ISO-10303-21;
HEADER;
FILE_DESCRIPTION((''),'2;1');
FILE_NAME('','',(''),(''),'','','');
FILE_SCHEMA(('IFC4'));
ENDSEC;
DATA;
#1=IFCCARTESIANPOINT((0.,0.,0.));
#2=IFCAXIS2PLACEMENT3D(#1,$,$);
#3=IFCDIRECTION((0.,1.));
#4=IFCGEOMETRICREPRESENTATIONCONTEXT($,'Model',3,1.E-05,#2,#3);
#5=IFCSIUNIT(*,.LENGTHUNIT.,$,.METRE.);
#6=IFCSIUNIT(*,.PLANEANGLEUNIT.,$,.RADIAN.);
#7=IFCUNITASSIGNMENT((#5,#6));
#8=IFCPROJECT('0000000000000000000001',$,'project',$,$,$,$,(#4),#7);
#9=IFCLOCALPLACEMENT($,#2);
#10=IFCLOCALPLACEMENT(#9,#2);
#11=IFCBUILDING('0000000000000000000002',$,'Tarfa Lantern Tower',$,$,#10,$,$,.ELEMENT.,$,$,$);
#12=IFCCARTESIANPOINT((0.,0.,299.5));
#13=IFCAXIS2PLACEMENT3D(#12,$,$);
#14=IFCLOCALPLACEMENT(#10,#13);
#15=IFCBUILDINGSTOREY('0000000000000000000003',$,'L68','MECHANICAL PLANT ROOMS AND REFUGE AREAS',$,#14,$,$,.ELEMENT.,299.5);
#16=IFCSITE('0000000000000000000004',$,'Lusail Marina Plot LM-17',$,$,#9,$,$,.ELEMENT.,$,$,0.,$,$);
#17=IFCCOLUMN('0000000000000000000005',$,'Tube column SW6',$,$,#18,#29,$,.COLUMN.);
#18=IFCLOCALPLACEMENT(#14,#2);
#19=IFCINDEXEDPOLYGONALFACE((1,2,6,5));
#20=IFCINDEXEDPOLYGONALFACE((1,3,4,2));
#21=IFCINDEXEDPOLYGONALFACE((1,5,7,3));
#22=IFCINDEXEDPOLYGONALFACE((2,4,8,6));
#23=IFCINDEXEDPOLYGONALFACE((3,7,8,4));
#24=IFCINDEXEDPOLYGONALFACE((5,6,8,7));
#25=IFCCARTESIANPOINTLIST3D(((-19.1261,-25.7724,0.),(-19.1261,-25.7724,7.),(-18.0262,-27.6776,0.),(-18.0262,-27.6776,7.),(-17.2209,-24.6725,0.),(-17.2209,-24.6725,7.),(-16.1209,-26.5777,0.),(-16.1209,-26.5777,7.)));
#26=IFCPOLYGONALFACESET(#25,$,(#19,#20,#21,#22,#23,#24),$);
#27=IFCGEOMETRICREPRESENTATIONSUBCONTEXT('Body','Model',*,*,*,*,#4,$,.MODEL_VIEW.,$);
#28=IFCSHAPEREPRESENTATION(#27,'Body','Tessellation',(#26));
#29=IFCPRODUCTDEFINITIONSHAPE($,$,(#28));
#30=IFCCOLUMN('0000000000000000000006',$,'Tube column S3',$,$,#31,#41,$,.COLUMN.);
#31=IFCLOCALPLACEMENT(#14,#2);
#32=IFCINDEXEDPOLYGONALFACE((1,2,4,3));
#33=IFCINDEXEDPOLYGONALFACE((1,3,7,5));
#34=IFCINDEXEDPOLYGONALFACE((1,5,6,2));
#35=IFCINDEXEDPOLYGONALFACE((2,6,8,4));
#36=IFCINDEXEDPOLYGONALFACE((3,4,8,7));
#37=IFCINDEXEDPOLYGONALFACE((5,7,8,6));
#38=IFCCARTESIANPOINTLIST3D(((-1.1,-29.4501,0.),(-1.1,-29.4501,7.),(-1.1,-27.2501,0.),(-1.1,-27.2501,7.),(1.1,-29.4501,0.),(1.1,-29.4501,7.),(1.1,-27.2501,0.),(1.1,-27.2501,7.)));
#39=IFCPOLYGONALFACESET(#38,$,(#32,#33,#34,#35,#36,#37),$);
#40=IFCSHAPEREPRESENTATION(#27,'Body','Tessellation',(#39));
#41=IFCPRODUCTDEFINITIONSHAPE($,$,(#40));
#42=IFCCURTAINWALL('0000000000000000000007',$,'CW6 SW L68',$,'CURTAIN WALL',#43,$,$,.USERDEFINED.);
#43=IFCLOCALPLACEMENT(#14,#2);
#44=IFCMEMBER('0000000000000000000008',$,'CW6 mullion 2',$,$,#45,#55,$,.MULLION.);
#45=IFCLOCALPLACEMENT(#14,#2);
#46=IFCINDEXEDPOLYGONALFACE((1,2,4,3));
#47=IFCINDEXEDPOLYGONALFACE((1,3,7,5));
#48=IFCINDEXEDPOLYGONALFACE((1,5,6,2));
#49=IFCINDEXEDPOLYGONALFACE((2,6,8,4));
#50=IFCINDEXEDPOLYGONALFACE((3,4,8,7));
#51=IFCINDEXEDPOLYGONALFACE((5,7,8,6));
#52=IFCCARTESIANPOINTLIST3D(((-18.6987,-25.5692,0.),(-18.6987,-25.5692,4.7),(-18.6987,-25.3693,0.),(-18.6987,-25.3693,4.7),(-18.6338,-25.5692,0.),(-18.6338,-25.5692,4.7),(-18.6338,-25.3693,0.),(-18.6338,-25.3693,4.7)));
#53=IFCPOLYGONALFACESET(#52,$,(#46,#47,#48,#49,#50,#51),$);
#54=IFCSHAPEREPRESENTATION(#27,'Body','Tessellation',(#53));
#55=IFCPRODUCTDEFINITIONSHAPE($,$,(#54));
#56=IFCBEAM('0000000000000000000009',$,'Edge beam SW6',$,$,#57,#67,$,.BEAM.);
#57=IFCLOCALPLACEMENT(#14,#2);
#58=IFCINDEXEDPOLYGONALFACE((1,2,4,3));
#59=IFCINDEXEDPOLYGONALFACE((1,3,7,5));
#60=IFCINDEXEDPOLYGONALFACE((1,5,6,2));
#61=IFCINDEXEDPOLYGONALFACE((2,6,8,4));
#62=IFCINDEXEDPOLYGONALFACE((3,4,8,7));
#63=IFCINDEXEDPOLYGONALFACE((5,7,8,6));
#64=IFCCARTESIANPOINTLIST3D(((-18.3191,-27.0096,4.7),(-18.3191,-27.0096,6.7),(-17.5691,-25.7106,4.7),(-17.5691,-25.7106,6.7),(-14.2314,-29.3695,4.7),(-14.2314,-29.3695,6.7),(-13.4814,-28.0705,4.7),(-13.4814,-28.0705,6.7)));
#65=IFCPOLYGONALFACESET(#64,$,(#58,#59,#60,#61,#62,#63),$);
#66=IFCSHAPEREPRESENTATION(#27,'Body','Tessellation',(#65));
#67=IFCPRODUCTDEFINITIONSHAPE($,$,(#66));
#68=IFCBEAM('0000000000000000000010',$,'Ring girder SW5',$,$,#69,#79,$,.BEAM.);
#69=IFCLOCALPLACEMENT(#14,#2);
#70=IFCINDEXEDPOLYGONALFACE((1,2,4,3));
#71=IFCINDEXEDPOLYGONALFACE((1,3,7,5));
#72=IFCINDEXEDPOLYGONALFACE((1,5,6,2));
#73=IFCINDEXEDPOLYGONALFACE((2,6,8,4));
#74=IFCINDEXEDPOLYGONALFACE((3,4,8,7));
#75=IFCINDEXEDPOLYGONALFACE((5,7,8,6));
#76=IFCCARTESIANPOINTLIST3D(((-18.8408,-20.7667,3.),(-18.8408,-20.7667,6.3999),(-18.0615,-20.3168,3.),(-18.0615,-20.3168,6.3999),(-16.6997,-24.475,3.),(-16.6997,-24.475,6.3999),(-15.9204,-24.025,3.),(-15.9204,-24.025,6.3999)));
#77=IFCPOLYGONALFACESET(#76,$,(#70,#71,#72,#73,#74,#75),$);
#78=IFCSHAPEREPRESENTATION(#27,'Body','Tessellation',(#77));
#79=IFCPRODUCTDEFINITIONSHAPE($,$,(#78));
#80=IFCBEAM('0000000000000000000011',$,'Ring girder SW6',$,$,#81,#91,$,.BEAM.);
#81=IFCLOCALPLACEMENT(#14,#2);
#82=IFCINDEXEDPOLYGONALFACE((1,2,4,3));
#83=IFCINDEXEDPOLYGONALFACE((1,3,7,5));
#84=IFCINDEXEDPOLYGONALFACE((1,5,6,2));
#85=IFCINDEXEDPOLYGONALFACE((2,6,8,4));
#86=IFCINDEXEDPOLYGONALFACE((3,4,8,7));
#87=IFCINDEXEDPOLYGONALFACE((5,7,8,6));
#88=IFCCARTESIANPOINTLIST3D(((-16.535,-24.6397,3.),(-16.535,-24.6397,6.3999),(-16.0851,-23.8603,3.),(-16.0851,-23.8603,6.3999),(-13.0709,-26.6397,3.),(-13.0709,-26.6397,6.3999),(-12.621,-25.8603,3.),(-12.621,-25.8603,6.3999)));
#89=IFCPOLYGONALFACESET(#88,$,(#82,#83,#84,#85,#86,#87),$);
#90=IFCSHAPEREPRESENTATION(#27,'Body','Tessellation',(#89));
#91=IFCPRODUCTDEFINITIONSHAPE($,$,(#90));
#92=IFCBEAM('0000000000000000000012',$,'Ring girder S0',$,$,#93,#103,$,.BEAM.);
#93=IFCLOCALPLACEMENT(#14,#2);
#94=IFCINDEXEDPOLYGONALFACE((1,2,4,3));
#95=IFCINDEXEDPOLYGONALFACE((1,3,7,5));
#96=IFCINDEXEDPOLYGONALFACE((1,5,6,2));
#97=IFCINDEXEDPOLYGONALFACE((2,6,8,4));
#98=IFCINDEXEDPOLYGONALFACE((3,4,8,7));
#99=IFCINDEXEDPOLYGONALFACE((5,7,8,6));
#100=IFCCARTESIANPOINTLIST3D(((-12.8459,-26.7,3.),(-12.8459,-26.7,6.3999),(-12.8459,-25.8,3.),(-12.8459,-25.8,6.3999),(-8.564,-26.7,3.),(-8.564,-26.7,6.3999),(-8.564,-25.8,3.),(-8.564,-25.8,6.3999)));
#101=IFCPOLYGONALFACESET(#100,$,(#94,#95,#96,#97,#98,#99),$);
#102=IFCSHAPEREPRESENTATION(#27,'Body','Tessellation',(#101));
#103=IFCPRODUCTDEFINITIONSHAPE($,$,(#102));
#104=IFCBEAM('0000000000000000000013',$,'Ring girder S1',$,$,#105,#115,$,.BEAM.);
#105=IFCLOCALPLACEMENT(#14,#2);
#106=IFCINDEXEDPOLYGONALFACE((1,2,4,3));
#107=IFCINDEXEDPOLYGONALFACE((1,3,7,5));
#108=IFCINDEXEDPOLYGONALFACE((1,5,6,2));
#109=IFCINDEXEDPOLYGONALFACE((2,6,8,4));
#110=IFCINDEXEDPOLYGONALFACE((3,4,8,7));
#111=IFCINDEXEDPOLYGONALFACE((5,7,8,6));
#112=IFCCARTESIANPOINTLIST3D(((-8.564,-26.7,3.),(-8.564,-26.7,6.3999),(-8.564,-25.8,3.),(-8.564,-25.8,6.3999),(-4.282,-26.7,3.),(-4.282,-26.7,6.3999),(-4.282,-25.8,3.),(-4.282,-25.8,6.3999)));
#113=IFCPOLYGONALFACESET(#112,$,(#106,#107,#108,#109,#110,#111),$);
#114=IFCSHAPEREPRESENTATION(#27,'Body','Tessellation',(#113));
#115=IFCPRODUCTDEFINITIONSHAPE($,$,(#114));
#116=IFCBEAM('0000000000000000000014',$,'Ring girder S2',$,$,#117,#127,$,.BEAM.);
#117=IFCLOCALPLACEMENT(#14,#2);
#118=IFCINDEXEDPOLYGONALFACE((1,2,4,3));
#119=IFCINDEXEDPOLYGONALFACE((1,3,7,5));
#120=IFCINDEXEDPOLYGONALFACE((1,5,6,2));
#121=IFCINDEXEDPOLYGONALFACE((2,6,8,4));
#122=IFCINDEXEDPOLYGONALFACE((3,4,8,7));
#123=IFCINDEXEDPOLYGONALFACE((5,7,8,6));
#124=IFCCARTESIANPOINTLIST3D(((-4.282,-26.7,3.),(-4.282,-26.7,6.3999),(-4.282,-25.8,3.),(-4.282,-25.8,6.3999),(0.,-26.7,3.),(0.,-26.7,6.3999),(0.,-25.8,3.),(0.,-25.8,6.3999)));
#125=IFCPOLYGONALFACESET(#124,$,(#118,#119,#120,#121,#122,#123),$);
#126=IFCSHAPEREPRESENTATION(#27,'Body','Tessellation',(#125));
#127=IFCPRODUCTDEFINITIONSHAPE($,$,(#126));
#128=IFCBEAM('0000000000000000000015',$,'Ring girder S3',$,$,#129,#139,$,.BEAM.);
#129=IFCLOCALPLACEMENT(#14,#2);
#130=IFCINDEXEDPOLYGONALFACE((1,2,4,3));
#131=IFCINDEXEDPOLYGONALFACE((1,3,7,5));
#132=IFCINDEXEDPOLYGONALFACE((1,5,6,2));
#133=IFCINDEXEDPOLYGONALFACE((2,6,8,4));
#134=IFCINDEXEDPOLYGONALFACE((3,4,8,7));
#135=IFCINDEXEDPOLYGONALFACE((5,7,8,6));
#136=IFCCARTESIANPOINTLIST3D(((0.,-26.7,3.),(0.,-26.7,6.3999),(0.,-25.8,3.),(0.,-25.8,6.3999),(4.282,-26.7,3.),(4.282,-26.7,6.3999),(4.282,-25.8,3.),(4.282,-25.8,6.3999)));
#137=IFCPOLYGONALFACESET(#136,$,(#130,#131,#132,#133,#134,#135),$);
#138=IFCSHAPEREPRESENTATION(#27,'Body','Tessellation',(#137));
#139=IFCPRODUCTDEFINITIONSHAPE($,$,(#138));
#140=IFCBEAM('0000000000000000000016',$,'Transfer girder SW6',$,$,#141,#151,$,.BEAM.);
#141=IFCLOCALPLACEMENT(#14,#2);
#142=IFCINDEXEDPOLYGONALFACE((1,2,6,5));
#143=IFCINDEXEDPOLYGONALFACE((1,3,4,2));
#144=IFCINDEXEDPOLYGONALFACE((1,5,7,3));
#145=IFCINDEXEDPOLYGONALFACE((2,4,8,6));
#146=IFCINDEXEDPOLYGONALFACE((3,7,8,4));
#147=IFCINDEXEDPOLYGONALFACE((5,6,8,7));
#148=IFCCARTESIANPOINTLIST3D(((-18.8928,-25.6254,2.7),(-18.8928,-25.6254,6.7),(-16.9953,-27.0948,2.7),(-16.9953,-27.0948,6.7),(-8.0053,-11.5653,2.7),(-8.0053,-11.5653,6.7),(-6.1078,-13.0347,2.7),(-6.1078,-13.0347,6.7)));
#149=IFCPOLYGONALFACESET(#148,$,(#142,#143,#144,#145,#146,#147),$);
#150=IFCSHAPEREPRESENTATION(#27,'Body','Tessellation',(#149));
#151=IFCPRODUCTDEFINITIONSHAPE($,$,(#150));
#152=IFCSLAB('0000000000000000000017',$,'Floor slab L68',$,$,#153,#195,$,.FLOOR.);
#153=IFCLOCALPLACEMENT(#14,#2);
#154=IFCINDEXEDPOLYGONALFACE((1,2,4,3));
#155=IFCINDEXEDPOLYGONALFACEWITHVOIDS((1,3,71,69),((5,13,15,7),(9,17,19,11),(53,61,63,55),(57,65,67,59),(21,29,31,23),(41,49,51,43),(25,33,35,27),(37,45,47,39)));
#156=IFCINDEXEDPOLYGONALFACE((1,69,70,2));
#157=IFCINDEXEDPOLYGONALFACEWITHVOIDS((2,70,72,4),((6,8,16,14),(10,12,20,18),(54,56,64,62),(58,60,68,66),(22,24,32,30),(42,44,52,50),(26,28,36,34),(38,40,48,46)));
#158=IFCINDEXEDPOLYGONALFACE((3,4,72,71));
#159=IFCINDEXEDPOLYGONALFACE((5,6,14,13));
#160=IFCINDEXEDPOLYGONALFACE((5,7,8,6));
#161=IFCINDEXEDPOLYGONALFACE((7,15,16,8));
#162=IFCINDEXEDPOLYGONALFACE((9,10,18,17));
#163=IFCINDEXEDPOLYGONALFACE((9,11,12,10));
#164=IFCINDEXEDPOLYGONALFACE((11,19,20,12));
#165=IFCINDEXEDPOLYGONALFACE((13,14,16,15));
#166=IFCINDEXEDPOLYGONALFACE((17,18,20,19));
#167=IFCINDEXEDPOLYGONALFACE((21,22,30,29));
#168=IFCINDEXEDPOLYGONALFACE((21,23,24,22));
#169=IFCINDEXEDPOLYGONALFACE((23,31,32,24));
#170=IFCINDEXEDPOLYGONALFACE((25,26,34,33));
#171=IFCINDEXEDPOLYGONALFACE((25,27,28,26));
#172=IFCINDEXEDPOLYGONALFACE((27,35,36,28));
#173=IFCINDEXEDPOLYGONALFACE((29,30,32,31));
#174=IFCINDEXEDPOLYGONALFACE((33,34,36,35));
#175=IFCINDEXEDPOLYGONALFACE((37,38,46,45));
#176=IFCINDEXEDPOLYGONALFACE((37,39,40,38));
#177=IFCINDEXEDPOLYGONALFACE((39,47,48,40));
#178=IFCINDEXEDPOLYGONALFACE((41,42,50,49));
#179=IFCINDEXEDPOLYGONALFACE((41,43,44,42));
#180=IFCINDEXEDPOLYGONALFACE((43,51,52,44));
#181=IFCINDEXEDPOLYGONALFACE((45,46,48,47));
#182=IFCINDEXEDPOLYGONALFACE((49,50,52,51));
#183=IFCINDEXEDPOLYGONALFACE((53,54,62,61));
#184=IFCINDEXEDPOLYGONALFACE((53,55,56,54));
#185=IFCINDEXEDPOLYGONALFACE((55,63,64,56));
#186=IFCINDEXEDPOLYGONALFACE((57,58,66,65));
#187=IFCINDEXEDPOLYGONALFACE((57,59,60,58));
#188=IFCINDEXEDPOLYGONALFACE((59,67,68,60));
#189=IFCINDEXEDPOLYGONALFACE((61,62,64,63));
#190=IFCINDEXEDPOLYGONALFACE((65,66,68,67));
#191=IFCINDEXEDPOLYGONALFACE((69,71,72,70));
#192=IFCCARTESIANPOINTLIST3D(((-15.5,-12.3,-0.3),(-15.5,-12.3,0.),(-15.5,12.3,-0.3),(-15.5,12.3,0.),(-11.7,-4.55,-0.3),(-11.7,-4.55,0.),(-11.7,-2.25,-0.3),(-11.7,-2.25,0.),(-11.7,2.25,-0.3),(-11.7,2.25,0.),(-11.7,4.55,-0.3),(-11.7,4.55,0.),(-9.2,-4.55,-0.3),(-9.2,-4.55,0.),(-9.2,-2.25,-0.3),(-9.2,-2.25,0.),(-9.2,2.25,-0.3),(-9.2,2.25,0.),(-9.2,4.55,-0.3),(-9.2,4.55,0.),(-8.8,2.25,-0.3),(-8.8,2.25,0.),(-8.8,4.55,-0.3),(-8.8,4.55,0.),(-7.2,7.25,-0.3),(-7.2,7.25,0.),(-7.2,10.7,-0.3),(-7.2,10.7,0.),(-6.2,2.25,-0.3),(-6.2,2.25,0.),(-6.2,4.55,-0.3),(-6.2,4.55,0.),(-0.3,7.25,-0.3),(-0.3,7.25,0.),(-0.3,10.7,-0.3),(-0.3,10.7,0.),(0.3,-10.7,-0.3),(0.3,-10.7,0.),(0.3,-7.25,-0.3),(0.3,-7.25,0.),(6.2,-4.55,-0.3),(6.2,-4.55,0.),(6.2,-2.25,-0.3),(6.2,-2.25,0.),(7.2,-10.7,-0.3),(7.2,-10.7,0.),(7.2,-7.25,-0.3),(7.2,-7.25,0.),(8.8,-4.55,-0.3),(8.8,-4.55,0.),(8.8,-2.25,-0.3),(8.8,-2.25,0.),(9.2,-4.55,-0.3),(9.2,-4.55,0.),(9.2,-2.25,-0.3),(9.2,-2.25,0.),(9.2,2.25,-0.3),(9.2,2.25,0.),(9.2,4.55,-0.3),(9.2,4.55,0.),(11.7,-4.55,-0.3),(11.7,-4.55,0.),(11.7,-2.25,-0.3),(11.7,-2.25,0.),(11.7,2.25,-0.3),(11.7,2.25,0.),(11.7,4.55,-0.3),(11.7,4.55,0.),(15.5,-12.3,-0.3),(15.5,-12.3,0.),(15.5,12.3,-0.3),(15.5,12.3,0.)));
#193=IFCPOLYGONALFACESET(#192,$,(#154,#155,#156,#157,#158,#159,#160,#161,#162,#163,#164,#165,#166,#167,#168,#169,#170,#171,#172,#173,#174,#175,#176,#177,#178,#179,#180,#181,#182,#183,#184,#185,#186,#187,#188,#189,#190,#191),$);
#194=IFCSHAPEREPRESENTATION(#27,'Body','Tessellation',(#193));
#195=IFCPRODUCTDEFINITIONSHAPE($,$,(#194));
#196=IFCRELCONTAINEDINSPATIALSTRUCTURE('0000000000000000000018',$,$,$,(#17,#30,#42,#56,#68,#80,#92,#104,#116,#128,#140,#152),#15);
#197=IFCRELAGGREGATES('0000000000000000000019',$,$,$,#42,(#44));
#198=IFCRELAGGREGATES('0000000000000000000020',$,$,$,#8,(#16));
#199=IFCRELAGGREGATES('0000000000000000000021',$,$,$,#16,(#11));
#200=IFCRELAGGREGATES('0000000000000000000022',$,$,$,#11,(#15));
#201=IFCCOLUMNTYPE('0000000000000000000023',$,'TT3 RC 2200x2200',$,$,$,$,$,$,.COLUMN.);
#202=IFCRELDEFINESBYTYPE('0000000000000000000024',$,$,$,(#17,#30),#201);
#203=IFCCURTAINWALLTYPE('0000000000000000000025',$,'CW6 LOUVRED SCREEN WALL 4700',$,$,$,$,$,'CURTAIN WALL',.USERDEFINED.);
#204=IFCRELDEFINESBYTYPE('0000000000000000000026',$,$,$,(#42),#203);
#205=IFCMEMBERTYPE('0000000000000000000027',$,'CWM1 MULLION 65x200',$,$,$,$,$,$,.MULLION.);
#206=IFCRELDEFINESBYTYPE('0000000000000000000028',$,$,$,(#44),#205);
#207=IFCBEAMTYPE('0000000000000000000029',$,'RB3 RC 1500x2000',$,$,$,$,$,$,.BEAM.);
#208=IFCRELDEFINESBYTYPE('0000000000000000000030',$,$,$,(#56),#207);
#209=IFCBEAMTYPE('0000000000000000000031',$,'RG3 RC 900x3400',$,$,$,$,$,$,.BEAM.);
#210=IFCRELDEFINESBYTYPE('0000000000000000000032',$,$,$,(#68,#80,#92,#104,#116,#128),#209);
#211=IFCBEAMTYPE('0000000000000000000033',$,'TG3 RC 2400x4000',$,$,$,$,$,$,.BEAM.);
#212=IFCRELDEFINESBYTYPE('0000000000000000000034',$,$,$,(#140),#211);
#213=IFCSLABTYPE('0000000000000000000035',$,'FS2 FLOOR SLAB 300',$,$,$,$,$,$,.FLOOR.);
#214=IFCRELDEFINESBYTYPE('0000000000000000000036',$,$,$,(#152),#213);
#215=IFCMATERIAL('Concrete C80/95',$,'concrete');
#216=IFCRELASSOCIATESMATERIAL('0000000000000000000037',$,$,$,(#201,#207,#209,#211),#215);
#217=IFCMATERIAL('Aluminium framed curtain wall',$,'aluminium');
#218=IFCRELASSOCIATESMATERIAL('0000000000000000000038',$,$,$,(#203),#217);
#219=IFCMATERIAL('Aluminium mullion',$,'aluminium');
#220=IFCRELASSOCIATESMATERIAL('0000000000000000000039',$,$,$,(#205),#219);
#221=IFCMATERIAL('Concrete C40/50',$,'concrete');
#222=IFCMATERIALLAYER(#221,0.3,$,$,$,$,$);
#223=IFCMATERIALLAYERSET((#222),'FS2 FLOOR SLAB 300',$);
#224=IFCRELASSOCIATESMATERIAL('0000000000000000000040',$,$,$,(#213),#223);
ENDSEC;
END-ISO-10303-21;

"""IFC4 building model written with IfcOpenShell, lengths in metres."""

from ifc_helpers import new_model, si_unit, direction, frame, origin, origin_2d, place, context, subcontext, project, spatial, polyline, rectangle, outline, extrude, material, layer, layer_set, material_profile, profile_set, type_object, element, aggregate, save


model = new_model("IFC4")

# Units and contexts
model_context = context("Model", 3, precision=1e-05, world=origin(), true_north=direction((0.0, 1.0)))
body_context = subcontext(model_context, "Body", "Model", "MODEL_VIEW")
ifc_project = project(units=[si_unit("LENGTHUNIT", "METRE"), si_unit("PLANEANGLEUNIT", "RADIAN")], contexts=[model_context])

# Site, building, storey
site_placement = place(None, origin())
site = spatial("IfcSite", under=ifc_project, at=site_placement, Name="Lusail Marina Plot LM-17", CompositionType="ELEMENT", RefElevation=0.0)
building_placement = place(site_placement, origin())
building = spatial("IfcBuilding", under=site, at=building_placement, Name="Tarfa Lantern Tower", CompositionType="ELEMENT")
storey_placement = place(building_placement, frame((0.0, 0.0, 299.5)))
storey = spatial("IfcBuildingStorey", under=building, at=storey_placement, Name="L68", Description="MECHANICAL PLANT ROOMS AND REFUGE AREAS", CompositionType="ELEMENT", Elevation=299.5)

# Columns
ifc_material_1 = material(Name="Concrete C80/95", Category="concrete")
ifc_material_profile_1 = material_profile(ifc_material_1, rectangle(XDim=2.2, YDim=2.2, at=origin_2d()), Name="RC 2200x2200")
ifc_profile_set_1 = profile_set([ifc_material_profile_1], Name="Concrete C80/95")
column_type = type_object("IfcColumnType", Name="TT3 RC 2200x2200", PredefinedType="COLUMN", material=ifc_profile_set_1)
for number, where, z_axis, x_axis, name in (
    (1, (-17.6235, -26.175, 0.0), (0.0, 0.0, 1.0), (0.5, -0.866025, 0.0), "Tube column SW6"),
    (2, (0.0, -28.3501, 0.0), (0.0, 0.0, 1.0), (1.0, 0.0, 0.0), "Tube column S3"),
):
    element("IfcColumn", number, at=place(storey_placement, frame(where, z_axis=z_axis, x_axis=x_axis)), inside=storey, type_object=column_type, Name=name, PredefinedType="COLUMN", context=body_context, shape_type="SweptSolid", body=[
        extrude(rectangle(XDim=2.2, YDim=2.2, at=origin_2d()), origin(), (0.0, 0.0, 1.0), 7.0),
    ])

# Curtain wall, member
ifc_material_2 = material(Name="Aluminium framed curtain wall", Category="aluminium")
curtain_wall_type = type_object("IfcCurtainWallType", Name="CW6 LOUVRED SCREEN WALL 4700", ElementType="CURTAIN WALL", PredefinedType="USERDEFINED", material=ifc_material_2)
curtain_wall_placement = place(storey_placement, origin())
curtain_wall = element("IfcCurtainWall", 3, at=curtain_wall_placement, inside=storey, type_object=curtain_wall_type, Name="CW6 SW L68", ObjectType="CURTAIN WALL", PredefinedType="USERDEFINED")
ifc_material_3 = material(Name="Aluminium mullion", Category="aluminium")
ifc_material_profile_2 = material_profile(ifc_material_3, rectangle(XDim=0.0649, YDim=0.2, at=origin_2d()), Name="AL MULLION 65x200")
ifc_profile_set_2 = profile_set([ifc_material_profile_2], Name="Aluminium mullion")
member_type = type_object("IfcMemberType", Name="CWM1 MULLION 65x200", PredefinedType="MULLION", material=ifc_profile_set_2)
member_placement = place(storey_placement, frame((-18.6663, -25.4692, 0.0), z_axis=(0.0, 0.0, 1.0), x_axis=(1.0, 0.0, 0.0)))
member = element("IfcMember", 4, at=member_placement, type_object=member_type, Name="CW6 mullion 2", PredefinedType="MULLION", context=body_context, shape_type="SweptSolid", body=[
    extrude(rectangle(XDim=0.0649, YDim=0.2, at=origin_2d()), origin(), (0.0, 0.0, 1.0), 4.7),
])
aggregate(curtain_wall, [member])

# Beams
ifc_material_profile_3 = material_profile(ifc_material_1, rectangle(XDim=1.5, YDim=2.0, at=origin_2d()), Name="RC 1500x2000")
ifc_profile_set_3 = profile_set([ifc_material_profile_3], Name="Concrete C80/95")
beam_type_1 = type_object("IfcBeamType", Name="RB3 RC 1500x2000", PredefinedType="BEAM", material=ifc_profile_set_3)
beam_1_placement = place(storey_placement, frame((-17.9441, -26.3601, 5.7), z_axis=(0.866038, -0.499978, 0.0), x_axis=(0.499978, 0.866038, 0.0)))
element("IfcBeam", 5, at=beam_1_placement, inside=storey, type_object=beam_type_1, Name="Edge beam SW6", PredefinedType="BEAM", context=body_context, shape_type="SweptSolid", body=[
    extrude(rectangle(XDim=1.5, YDim=2.0, at=origin_2d()), origin(), (0.0, 0.0, 1.0), 4.72),
])
ifc_material_profile_4 = material_profile(ifc_material_1, rectangle(XDim=0.8999, YDim=3.3999, at=origin_2d()), Name="RC 900x3400")
ifc_profile_set_4 = profile_set([ifc_material_profile_4], Name="Concrete C80/95")
beam_type_2 = type_object("IfcBeamType", Name="RG3 RC 900x3400", PredefinedType="BEAM", material=ifc_profile_set_4)
beam_2_placement = place(storey_placement, frame((-18.4512, -20.5417, 4.7), z_axis=(0.500027, -0.86601, 0.0), x_axis=(0.86601, 0.500027, 0.0)))
element("IfcBeam", 6, at=beam_2_placement, inside=storey, type_object=beam_type_2, Name="Ring girder SW5", PredefinedType="BEAM", context=body_context, shape_type="SweptSolid", body=[
    extrude(rectangle(XDim=0.8999, YDim=3.3999, at=origin_2d()), origin(), (0.0, 0.0, 1.0), 4.282),
])
beam_3_placement = place(storey_placement, frame((-16.3101, -24.25, 4.7), z_axis=(0.866026, -0.499999, 0.0), x_axis=(0.499999, 0.866026, 0.0)))
element("IfcBeam", 7, at=beam_3_placement, inside=storey, type_object=beam_type_2, Name="Ring girder SW6", PredefinedType="BEAM", context=body_context, shape_type="SweptSolid", body=[
    extrude(rectangle(XDim=0.8999, YDim=3.3999, at=origin_2d()), origin(), (0.0, 0.0, 1.0), 4.0),
])
for number, where, z_axis, x_axis, name in (
    (8, (-12.8459, -26.25, 4.7), (1.0, 0.0, 0.0), (0.0, 1.0, 0.0), "Ring girder S0"),
    (9, (-8.564, -26.25, 4.7), (1.0, 0.0, 0.0), (0.0, 1.0, 0.0), "Ring girder S1"),
    (10, (-4.282, -26.25, 4.7), (1.0, 0.0, 0.0), (0.0, 1.0, 0.0), "Ring girder S2"),
    (11, (0.0, -26.25, 4.7), (1.0, 0.0, 0.0), (0.0, 1.0, 0.0), "Ring girder S3"),
):
    element("IfcBeam", number, at=place(storey_placement, frame(where, z_axis=z_axis, x_axis=x_axis)), inside=storey, type_object=beam_type_2, Name=name, PredefinedType="BEAM", context=body_context, shape_type="SweptSolid", body=[
        extrude(rectangle(XDim=0.8999, YDim=3.3999, at=origin_2d()), origin(), (0.0, 0.0, 1.0), 4.282),
    ])
ifc_material_profile_5 = material_profile(ifc_material_1, rectangle(XDim=2.3999, YDim=4.0, at=origin_2d()), Name="RC 2400x4000")
ifc_profile_set_5 = profile_set([ifc_material_profile_5], Name="Concrete C80/95")
beam_type_3 = type_object("IfcBeamType", Name="TG3 RC 2400x4000", PredefinedType="BEAM", material=ifc_profile_set_5)
beam_4_placement = place(storey_placement, frame((-17.9441, -26.3601, 4.7), z_axis=(0.612252, 0.790663, 0.0), x_axis=(-0.790663, 0.612252, 0.0)))
element("IfcBeam", 12, at=beam_4_placement, inside=storey, type_object=beam_type_3, Name="Transfer girder SW6", PredefinedType="BEAM", context=body_context, shape_type="SweptSolid", body=[
    extrude(rectangle(XDim=2.3999, YDim=4.0, at=origin_2d()), origin(), (0.0, 0.0, 1.0), 17.7827),
])

# Slab
ifc_material_4 = material(Name="Concrete C40/50", Category="concrete")
ifc_layer_1 = layer(ifc_material_4, 0.3)
ifc_layer_set_1 = layer_set([ifc_layer_1], Name="FS2 FLOOR SLAB 300")
slab_type = type_object("IfcSlabType", Name="FS2 FLOOR SLAB 300", PredefinedType="FLOOR", material=ifc_layer_set_1)
slab_1_placement = place(storey_placement, frame((0.0, 0.0, -0.3)))
element("IfcSlab", 13, at=slab_1_placement, inside=storey, type_object=slab_type, Name="Floor slab L68", PredefinedType="FLOOR", context=body_context, shape_type="SweptSolid", body=[
    extrude(outline(polyline([(-15.5, -12.3), (15.5, -12.3), (15.5, 12.3), (-15.5, 12.3), (-15.5, -12.3)]), holes=[polyline([(-11.7, 2.25), (-9.2, 2.25), (-9.2, 4.55), (-11.7, 4.55), (-11.7, 2.25)]), polyline([(-8.8, 2.25), (-6.2, 2.25), (-6.2, 4.55), (-8.8, 4.55), (-8.8, 2.25)]), polyline([(9.2, 2.25), (11.7, 2.25), (11.7, 4.55), (9.2, 4.55), (9.2, 2.25)]), polyline([(11.7, -2.25), (9.2, -2.25), (9.2, -4.55), (11.7, -4.55), (11.7, -2.25)]), polyline([(8.8, -2.25), (6.2, -2.25), (6.2, -4.55), (8.8, -4.55), (8.8, -2.25)]), polyline([(-9.2, -2.25), (-11.7, -2.25), (-11.7, -4.55), (-9.2, -4.55), (-9.2, -2.25)]), polyline([(-7.2, 7.25), (-0.3, 7.25), (-0.3, 10.7), (-7.2, 10.7), (-7.2, 7.25)]), polyline([(7.2, -7.25), (0.3, -7.25), (0.3, -10.7), (7.2, -10.7), (7.2, -7.25)])]), origin(), (0.0, 0.0, 1.0), 0.3),
])

save(model, "model.ifc")
